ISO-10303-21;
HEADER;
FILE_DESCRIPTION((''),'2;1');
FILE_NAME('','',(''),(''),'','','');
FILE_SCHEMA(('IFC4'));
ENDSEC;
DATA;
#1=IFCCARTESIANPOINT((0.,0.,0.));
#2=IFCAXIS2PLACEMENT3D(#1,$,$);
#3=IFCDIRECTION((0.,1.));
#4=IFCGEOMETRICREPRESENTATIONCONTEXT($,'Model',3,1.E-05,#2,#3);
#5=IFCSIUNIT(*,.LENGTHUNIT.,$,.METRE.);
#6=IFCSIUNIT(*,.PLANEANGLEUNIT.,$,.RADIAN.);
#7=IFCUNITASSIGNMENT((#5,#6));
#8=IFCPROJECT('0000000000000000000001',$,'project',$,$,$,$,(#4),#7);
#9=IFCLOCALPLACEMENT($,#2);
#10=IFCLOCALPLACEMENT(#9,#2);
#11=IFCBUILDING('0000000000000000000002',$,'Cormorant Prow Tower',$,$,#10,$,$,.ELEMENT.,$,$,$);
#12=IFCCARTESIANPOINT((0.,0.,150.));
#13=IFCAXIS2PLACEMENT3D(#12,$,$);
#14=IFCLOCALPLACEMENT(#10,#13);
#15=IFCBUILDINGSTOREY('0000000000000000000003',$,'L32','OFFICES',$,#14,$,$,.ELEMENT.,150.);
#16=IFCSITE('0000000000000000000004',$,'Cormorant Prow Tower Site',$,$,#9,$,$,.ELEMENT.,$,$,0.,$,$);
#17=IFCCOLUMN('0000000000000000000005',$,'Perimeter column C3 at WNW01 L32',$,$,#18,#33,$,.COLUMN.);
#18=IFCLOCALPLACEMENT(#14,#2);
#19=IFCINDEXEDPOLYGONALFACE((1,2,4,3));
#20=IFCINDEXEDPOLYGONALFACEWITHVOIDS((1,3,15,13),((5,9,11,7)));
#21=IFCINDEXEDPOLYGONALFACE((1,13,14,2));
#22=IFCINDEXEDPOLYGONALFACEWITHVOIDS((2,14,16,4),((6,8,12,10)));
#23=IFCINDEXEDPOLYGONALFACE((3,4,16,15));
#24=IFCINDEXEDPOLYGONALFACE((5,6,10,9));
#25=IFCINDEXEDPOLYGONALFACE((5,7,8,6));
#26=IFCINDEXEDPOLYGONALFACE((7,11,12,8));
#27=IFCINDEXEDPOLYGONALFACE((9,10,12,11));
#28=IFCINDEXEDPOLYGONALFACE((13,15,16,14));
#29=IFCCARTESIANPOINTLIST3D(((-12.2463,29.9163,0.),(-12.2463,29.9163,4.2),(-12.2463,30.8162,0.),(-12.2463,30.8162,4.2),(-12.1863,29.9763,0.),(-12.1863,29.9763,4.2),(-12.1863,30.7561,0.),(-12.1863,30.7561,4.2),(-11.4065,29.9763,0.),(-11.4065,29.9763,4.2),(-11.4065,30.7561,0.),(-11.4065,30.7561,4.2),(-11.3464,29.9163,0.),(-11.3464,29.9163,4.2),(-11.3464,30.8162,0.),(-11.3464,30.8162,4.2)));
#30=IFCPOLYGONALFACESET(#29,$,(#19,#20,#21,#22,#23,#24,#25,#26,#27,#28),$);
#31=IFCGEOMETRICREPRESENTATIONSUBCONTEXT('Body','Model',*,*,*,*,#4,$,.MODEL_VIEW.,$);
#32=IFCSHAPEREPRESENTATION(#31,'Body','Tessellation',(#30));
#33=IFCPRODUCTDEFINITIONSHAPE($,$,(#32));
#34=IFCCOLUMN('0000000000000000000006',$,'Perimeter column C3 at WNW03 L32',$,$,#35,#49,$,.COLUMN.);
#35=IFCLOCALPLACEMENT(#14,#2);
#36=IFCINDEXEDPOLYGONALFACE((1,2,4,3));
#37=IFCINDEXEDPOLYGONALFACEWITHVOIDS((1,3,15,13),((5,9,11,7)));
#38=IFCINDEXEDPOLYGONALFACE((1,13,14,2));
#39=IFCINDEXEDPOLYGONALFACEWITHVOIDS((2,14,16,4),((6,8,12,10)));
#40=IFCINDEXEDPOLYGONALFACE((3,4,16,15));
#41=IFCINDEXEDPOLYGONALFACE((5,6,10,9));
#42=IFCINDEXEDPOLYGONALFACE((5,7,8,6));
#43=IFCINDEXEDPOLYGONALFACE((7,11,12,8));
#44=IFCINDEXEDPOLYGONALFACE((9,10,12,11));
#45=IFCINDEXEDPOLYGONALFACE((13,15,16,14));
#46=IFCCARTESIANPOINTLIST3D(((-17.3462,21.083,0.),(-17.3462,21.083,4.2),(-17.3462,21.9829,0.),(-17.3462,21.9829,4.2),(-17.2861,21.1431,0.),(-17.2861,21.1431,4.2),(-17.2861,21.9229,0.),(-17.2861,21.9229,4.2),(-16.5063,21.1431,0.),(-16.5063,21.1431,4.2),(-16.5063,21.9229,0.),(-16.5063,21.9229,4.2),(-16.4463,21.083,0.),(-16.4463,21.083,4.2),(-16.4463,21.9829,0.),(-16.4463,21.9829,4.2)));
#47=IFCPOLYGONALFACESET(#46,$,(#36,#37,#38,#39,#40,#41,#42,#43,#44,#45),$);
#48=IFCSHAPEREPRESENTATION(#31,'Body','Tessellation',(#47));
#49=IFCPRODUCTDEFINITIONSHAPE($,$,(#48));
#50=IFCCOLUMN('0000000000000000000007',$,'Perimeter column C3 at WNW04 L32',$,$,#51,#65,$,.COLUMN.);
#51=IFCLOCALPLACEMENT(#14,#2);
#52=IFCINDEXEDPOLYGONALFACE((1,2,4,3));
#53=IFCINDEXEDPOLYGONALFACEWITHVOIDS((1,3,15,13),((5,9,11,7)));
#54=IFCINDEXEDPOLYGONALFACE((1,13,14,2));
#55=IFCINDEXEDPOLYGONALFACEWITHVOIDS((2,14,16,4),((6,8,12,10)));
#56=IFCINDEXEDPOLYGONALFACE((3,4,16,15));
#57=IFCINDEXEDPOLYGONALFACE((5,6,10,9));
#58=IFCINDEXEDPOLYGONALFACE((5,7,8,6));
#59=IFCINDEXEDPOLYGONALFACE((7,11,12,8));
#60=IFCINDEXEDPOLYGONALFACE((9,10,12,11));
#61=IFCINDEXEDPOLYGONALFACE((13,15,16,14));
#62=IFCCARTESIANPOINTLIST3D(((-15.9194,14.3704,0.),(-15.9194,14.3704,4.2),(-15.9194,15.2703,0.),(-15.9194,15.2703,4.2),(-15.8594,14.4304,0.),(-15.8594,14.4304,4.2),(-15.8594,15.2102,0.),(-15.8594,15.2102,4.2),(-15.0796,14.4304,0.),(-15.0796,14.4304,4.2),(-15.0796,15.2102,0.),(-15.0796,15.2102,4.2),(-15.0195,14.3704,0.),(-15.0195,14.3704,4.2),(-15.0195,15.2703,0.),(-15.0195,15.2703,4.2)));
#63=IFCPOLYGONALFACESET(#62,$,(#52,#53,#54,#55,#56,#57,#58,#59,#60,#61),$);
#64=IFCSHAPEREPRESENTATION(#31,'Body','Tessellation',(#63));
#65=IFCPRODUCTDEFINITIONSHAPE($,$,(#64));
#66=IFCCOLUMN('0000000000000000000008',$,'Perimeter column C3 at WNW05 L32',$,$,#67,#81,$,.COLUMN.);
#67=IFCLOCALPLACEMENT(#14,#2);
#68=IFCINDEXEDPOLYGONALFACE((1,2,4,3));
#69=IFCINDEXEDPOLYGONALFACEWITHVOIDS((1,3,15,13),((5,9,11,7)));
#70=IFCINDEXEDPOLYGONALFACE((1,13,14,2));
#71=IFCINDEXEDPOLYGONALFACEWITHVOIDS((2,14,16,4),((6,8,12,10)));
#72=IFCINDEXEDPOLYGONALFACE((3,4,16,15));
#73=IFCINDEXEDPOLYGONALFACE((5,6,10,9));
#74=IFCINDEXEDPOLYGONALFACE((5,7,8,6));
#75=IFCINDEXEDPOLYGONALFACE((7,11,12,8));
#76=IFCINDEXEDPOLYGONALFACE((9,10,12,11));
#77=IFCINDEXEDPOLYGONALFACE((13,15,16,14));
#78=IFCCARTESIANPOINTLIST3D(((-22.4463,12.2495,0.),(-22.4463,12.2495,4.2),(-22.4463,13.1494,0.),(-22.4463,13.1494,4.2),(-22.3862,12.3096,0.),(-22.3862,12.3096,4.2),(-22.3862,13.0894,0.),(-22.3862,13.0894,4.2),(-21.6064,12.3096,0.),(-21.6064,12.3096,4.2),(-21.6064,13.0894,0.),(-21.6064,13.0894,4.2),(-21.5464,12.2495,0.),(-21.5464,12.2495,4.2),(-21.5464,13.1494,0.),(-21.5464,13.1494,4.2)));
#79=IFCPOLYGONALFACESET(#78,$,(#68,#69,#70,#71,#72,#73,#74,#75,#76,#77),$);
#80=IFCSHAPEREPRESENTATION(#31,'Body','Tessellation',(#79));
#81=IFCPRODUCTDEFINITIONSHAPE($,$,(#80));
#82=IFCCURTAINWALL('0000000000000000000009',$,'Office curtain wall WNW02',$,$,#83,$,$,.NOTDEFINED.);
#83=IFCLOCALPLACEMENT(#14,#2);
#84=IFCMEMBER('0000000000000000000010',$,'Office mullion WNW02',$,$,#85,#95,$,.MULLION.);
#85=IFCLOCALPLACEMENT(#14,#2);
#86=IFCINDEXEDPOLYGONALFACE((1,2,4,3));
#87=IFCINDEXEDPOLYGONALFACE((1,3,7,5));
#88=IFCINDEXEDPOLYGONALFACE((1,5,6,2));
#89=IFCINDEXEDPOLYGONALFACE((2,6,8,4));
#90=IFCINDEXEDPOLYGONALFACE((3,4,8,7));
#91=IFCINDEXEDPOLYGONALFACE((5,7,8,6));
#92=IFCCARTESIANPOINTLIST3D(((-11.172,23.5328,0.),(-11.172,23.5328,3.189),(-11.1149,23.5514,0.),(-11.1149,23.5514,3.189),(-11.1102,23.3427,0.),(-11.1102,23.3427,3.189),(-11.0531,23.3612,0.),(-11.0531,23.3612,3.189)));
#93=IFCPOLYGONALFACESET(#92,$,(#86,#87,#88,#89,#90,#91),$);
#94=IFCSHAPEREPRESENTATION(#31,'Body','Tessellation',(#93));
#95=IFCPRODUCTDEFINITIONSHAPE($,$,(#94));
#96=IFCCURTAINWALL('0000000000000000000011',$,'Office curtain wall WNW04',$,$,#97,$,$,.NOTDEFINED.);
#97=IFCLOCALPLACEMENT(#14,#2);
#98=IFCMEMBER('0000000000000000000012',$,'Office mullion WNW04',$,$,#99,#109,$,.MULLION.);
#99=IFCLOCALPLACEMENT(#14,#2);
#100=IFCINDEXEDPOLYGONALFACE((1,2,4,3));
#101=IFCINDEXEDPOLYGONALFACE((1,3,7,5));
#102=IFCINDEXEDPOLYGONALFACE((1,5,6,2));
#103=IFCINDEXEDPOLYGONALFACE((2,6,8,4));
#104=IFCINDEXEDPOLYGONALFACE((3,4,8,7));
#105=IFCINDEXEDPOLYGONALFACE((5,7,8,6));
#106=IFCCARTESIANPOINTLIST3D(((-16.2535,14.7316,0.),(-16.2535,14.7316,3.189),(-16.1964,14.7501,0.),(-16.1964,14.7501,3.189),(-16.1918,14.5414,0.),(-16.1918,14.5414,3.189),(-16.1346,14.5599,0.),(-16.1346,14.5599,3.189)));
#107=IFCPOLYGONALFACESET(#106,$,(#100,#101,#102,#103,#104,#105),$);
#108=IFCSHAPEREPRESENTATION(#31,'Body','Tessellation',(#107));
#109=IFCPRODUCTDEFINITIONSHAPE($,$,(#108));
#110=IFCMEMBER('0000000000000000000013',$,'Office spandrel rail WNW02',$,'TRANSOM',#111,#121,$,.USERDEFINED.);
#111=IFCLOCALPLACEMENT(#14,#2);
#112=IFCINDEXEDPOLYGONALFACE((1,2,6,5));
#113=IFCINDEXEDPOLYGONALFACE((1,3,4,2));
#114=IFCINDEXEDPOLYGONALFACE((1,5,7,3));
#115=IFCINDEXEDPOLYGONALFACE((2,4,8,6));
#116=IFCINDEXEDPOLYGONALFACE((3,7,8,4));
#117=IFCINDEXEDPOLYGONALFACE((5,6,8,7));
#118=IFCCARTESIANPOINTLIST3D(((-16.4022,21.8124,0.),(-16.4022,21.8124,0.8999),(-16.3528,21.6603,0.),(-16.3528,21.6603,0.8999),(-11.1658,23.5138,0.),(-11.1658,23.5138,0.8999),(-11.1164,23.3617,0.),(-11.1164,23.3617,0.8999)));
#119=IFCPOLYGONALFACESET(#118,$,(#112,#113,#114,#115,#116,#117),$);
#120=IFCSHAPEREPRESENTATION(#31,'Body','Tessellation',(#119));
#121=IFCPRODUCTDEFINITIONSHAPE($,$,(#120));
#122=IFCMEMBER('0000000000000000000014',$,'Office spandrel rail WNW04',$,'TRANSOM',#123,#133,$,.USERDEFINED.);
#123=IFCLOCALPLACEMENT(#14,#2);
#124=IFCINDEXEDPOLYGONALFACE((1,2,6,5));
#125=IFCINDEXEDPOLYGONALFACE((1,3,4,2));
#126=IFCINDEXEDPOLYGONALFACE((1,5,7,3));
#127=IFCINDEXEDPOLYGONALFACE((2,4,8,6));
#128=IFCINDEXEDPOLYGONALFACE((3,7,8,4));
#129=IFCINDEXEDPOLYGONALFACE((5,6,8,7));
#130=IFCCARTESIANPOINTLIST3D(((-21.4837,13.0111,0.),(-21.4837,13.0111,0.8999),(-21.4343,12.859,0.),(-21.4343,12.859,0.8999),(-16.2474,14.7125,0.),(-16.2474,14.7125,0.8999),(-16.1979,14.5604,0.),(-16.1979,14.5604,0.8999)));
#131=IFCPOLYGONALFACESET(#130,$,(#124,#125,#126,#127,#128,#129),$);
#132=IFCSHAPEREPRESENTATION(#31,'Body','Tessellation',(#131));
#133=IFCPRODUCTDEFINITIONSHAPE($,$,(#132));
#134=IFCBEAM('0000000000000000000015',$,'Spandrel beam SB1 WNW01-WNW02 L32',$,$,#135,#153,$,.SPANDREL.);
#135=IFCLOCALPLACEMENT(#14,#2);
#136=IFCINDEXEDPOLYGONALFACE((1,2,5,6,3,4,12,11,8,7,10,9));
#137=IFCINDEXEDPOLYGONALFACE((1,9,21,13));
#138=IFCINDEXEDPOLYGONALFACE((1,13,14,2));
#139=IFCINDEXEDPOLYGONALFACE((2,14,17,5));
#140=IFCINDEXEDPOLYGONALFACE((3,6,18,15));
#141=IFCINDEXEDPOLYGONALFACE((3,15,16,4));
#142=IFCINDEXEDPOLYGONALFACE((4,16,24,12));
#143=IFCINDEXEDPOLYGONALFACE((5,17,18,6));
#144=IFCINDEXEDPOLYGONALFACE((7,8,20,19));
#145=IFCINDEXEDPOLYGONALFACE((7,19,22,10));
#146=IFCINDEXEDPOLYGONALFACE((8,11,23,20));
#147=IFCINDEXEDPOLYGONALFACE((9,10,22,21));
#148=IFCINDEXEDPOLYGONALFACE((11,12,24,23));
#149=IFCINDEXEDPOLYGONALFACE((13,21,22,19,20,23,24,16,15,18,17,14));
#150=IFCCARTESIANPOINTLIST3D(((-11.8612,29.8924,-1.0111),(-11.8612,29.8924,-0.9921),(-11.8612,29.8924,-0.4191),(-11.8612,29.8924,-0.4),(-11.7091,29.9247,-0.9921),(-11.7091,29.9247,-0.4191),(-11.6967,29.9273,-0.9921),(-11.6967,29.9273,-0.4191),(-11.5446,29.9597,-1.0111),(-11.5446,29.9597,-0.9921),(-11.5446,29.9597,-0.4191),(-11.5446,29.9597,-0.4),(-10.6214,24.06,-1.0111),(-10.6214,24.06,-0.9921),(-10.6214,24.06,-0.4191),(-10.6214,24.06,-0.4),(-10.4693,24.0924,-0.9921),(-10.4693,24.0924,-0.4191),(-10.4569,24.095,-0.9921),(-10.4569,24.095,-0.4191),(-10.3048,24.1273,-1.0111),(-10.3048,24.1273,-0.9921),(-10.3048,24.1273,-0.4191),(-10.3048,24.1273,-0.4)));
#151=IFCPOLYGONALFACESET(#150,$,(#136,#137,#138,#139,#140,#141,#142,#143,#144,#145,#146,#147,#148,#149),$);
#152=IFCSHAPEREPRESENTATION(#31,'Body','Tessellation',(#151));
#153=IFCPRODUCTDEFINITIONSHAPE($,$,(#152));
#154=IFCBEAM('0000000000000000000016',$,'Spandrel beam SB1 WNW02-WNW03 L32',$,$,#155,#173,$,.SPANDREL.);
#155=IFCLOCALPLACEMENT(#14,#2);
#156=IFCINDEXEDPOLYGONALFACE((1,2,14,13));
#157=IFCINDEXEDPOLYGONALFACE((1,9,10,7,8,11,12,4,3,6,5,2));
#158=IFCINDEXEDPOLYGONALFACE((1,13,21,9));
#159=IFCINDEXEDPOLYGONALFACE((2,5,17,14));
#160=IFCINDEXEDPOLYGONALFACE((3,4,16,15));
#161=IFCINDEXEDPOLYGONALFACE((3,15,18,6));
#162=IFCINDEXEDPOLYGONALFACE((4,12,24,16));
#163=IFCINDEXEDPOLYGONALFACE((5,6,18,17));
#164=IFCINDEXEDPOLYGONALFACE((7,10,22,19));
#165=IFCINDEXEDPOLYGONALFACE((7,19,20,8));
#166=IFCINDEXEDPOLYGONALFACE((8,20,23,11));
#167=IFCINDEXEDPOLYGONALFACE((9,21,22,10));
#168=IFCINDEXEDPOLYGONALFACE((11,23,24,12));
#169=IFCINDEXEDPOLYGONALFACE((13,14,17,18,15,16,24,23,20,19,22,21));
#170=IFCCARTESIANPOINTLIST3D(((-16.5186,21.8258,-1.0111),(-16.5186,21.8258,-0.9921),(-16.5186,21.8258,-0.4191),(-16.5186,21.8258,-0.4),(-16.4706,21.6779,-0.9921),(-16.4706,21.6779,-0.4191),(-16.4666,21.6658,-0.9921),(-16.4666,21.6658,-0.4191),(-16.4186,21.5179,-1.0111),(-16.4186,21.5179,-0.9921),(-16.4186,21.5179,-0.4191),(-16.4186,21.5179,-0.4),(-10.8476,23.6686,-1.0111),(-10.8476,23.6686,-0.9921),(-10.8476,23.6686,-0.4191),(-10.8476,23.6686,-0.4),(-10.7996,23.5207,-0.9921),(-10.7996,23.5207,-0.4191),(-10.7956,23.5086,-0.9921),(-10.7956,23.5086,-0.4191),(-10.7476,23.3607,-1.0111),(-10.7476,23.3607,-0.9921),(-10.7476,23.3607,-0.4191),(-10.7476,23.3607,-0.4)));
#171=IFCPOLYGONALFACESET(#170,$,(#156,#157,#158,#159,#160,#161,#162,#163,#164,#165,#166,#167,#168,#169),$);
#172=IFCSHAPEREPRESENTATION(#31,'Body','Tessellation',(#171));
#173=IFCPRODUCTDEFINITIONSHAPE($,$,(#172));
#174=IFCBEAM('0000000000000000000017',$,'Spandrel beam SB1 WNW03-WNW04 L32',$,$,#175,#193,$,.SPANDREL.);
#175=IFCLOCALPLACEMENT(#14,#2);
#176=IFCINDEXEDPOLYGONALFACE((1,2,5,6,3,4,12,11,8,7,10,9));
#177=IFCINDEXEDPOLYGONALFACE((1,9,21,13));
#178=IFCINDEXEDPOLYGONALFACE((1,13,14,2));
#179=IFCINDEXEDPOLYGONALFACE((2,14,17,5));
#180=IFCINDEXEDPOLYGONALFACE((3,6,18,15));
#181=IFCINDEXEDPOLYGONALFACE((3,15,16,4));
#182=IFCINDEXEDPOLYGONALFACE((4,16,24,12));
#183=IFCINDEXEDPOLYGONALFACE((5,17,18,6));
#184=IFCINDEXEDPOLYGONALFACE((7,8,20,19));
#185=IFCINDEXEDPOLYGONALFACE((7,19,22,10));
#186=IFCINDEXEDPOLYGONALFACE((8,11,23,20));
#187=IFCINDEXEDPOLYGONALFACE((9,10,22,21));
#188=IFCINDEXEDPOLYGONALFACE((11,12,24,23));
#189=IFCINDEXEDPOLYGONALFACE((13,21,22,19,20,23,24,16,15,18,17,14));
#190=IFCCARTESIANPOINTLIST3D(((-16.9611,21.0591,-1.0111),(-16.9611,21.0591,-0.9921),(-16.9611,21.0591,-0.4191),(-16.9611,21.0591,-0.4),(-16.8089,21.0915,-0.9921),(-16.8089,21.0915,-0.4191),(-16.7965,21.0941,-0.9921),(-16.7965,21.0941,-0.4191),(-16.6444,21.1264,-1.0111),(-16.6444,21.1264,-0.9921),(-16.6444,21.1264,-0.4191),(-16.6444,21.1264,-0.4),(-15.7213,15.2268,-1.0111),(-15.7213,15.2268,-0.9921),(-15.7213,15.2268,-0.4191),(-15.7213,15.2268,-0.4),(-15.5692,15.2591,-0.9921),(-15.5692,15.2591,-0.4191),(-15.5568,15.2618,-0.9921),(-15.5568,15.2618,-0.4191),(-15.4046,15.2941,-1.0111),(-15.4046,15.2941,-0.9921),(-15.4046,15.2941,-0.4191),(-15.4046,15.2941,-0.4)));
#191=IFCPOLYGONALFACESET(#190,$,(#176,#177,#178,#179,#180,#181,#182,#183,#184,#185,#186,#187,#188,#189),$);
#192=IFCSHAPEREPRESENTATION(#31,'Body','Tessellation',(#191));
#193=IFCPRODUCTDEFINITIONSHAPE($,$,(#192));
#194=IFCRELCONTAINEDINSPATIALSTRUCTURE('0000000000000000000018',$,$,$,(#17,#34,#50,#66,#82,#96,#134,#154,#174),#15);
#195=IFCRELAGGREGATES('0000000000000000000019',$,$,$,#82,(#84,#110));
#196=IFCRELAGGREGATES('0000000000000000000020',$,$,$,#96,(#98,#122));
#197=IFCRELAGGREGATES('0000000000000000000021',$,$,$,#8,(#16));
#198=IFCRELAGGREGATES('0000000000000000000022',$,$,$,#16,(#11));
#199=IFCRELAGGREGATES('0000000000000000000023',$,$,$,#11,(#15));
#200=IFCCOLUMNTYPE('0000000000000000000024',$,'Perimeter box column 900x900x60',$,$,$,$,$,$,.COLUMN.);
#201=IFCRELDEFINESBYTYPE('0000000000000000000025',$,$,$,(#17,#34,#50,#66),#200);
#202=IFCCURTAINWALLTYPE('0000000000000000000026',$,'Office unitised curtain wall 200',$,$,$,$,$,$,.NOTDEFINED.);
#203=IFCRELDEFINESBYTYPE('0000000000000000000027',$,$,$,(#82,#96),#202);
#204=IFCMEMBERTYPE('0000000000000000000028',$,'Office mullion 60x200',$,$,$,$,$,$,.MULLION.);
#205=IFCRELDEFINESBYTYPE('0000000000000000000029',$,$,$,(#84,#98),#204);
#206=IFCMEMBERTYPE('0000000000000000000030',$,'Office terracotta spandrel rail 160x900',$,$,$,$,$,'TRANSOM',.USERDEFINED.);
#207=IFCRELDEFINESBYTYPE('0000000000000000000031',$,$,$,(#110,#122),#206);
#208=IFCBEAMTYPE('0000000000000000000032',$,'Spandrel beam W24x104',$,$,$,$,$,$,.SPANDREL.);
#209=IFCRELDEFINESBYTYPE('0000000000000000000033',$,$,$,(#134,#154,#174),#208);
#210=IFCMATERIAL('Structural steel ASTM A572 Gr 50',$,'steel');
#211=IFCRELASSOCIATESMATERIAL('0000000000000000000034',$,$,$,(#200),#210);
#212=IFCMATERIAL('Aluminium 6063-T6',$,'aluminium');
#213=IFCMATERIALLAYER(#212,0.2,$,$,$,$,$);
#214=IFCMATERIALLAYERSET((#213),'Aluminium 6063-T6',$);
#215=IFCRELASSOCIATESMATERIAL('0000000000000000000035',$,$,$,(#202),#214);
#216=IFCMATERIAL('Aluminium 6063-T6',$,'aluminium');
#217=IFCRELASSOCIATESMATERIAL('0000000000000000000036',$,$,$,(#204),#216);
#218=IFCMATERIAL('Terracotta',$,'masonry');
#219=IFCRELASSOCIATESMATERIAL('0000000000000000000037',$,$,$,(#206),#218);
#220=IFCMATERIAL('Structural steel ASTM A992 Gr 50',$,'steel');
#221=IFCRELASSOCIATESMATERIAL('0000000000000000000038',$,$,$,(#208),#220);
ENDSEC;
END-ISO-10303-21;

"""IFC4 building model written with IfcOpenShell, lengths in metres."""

from ifc_helpers import new_model, si_unit, direction, frame, origin, origin_2d, place, context, subcontext, project, spatial, rectangle, hollow_rectangle, i_section, extrude, material, layer, layer_set, material_profile, profile_set, type_object, element, aggregate, save


model = new_model("IFC4")

# Units and contexts
model_context = context("Model", 3, precision=1e-05, world=origin(), true_north=direction((0.0, 1.0)))
body_context = subcontext(model_context, "Body", "Model", "MODEL_VIEW")
ifc_project = project(units=[si_unit("LENGTHUNIT", "METRE"), si_unit("PLANEANGLEUNIT", "RADIAN")], contexts=[model_context])

# Site, building, storey
site_placement = place(None, origin())
site = spatial("IfcSite", under=ifc_project, at=site_placement, Name="Cormorant Prow Tower Site", CompositionType="ELEMENT", RefElevation=0.0)
building_placement = place(site_placement, origin())
building = spatial("IfcBuilding", under=site, at=building_placement, Name="Cormorant Prow Tower", CompositionType="ELEMENT")
storey_placement = place(building_placement, frame((0.0, 0.0, 150.0)))
storey = spatial("IfcBuildingStorey", under=building, at=storey_placement, Name="L32", Description="OFFICES", CompositionType="ELEMENT", Elevation=150.0)

# Columns
ifc_material_1 = material(Name="Structural steel ASTM A572 Gr 50", Category="steel")
ifc_material_profile_1 = material_profile(ifc_material_1, hollow_rectangle(XDim=0.8999, YDim=0.8999, WallThickness=0.0601, at=origin_2d()), Name="Box 900x900x60")
ifc_profile_set_1 = profile_set([ifc_material_profile_1], Name="Structural steel ASTM A572 Gr 50")
column_type = type_object("IfcColumnType", Name="Perimeter box column 900x900x60", PredefinedType="COLUMN", material=ifc_profile_set_1)
for number, where, z_axis, x_axis, name in (
    (1, (-11.7964, 30.3662, 0.0), (0.0, 0.0, 1.0), (1.0, 0.0, 0.0), "Perimeter column C3 at WNW01 L32"),
    (2, (-16.8962, 21.533, 0.0), (0.0, 0.0, 1.0), (1.0, 0.0, 0.0), "Perimeter column C3 at WNW03 L32"),
    (3, (-15.4695, 14.8203, 0.0), (0.0, 0.0, 1.0), (1.0, 0.0, 0.0), "Perimeter column C3 at WNW04 L32"),
    (4, (-21.9963, 12.6995, 0.0), (0.0, 0.0, 1.0), (1.0, 0.0, 0.0), "Perimeter column C3 at WNW05 L32"),
):
    element("IfcColumn", number, at=place(storey_placement, frame(where, z_axis=z_axis, x_axis=x_axis)), inside=storey, type_object=column_type, Name=name, PredefinedType="COLUMN", context=body_context, shape_type="SweptSolid", body=[
        extrude(hollow_rectangle(XDim=0.8999, YDim=0.8999, WallThickness=0.0601, at=origin_2d()), origin(), (0.0, 0.0, 1.0), 4.2),
    ])

# Curtain walls, members
ifc_material_2 = material(Name="Aluminium 6063-T6", Category="aluminium")
ifc_layer_1 = layer(ifc_material_2, 0.2)
ifc_layer_set_1 = layer_set([ifc_layer_1], Name="Aluminium 6063-T6")
curtain_wall_type = type_object("IfcCurtainWallType", Name="Office unitised curtain wall 200", PredefinedType="NOTDEFINED", material=ifc_layer_set_1)
curtain_wall_1_placement = place(storey_placement, origin())
curtain_wall_1 = element("IfcCurtainWall", 5, at=curtain_wall_1_placement, inside=storey, type_object=curtain_wall_type, Name="Office curtain wall WNW02", PredefinedType="NOTDEFINED")
ifc_material_3 = material(Name="Aluminium 6063-T6", Category="aluminium")
ifc_material_profile_2 = material_profile(ifc_material_3, rectangle(XDim=0.2, YDim=0.0601, at=origin_2d()), Name="Office mullion 60x200")
ifc_profile_set_2 = profile_set([ifc_material_profile_2], Name="Aluminium 6063-T6")
member_type_1 = type_object("IfcMemberType", Name="Office mullion 60x200", PredefinedType="MULLION", material=ifc_profile_set_2)
member_1_placement = place(storey_placement, frame((-11.1125, 23.447, 0.0), z_axis=(0.0, 0.0, 1.0), x_axis=(0.309017, -0.951057, 0.0)))
member_1 = element("IfcMember", 6, at=member_1_placement, type_object=member_type_1, Name="Office mullion WNW02", PredefinedType="MULLION", context=body_context, shape_type="SweptSolid", body=[
    extrude(rectangle(XDim=0.2, YDim=0.0601, at=origin_2d()), origin(), (0.0, 0.0, 1.0), 3.189),
])
curtain_wall_2_placement = place(storey_placement, origin())
curtain_wall_2 = element("IfcCurtainWall", 7, at=curtain_wall_2_placement, inside=storey, type_object=curtain_wall_type, Name="Office curtain wall WNW04", PredefinedType="NOTDEFINED")
member_2_placement = place(storey_placement, frame((-16.1941, 14.6458, 0.0), z_axis=(0.0, 0.0, 1.0), x_axis=(0.309017, -0.951057, 0.0)))
member_2 = element("IfcMember", 8, at=member_2_placement, type_object=member_type_1, Name="Office mullion WNW04", PredefinedType="MULLION", context=body_context, shape_type="SweptSolid", body=[
    extrude(rectangle(XDim=0.2, YDim=0.0601, at=origin_2d()), origin(), (0.0, 0.0, 1.0), 3.189),
])

# Members
ifc_material_4 = material(Name="Terracotta", Category="masonry")
ifc_material_profile_3 = material_profile(ifc_material_4, rectangle(XDim=0.1599, YDim=0.8999, at=origin_2d()), Name="Office terracotta spandrel rail 160x900")
ifc_profile_set_3 = profile_set([ifc_material_profile_3], Name="Terracotta")
member_type_2 = type_object("IfcMemberType", Name="Office terracotta spandrel rail 160x900", ElementType="TRANSOM", PredefinedType="USERDEFINED", material=ifc_profile_set_3)
member_3_placement = place(storey_placement, frame((-11.1411, 23.4377, 0.45), z_axis=(-0.951055, -0.309022, 0.0), x_axis=(0.309022, -0.951055, 0.0)))
member_3 = element("IfcMember", 9, at=member_3_placement, type_object=member_type_2, Name="Office spandrel rail WNW02", ObjectType="TRANSOM", PredefinedType="USERDEFINED", context=body_context, shape_type="SweptSolid", body=[
    extrude(rectangle(XDim=0.1599, YDim=0.8999, at=origin_2d()), origin(), (0.0, 0.0, 1.0), 5.5059),
])
member_4_placement = place(storey_placement, frame((-16.2227, 14.6365, 0.45), z_axis=(-0.951055, -0.309022, 0.0), x_axis=(0.309022, -0.951055, 0.0)))
member_4 = element("IfcMember", 10, at=member_4_placement, type_object=member_type_2, Name="Office spandrel rail WNW04", ObjectType="TRANSOM", PredefinedType="USERDEFINED", context=body_context, shape_type="SweptSolid", body=[
    extrude(rectangle(XDim=0.1599, YDim=0.8999, at=origin_2d()), origin(), (0.0, 0.0, 1.0), 5.5059),
])

# Beams
ifc_material_5 = material(Name="Structural steel ASTM A992 Gr 50", Category="steel")
ifc_material_profile_4 = material_profile(ifc_material_5, i_section(OverallWidth=0.3237, OverallDepth=0.6111, WebThickness=0.0127, FlangeThickness=0.019, at=origin_2d()), Name="W24x104")
ifc_profile_set_4 = profile_set([ifc_material_profile_4], Name="Structural steel ASTM A992 Gr 50")
beam_type = type_object("IfcBeamType", Name="Spandrel beam W24x104", PredefinedType="SPANDREL", material=ifc_profile_set_4)
beam_1_placement = place(storey_placement, frame((-11.7029, 29.926, -0.7056), z_axis=(0.207921, -0.978146, 0.0), x_axis=(0.978146, 0.207921, 0.0)))
element("IfcBeam", 11, at=beam_1_placement, inside=storey, type_object=beam_type, Name="Spandrel beam SB1 WNW01-WNW02 L32", PredefinedType="SPANDREL", context=body_context, shape_type="SweptSolid", body=[
    extrude(i_section(OverallWidth=0.3237, OverallDepth=0.6111, WebThickness=0.0127, FlangeThickness=0.019, at=origin_2d()), origin(), (0.0, 0.0, 1.0), 5.9626),
])
beam_2_placement = place(storey_placement, frame((-10.7976, 23.5146, -0.7056), z_axis=(-0.951047, -0.309045, 0.0), x_axis=(0.309045, -0.951047, 0.0)))
element("IfcBeam", 12, at=beam_2_placement, inside=storey, type_object=beam_type, Name="Spandrel beam SB1 WNW02-WNW03 L32", PredefinedType="SPANDREL", context=body_context, shape_type="SweptSolid", body=[
    extrude(i_section(OverallWidth=0.3237, OverallDepth=0.6111, WebThickness=0.0127, FlangeThickness=0.019, at=origin_2d()), origin(), (0.0, 0.0, 1.0), 5.9629),
])
for number, where, z_axis, x_axis, name in (
    (13, (-16.8027, 21.0928, -0.7056), (0.207921, -0.978146, 0.0), (0.978146, 0.207921, 0.0), "Spandrel beam SB1 WNW03-WNW04 L32"),
):
    element("IfcBeam", number, at=place(storey_placement, frame(where, z_axis=z_axis, x_axis=x_axis)), inside=storey, type_object=beam_type, Name=name, PredefinedType="SPANDREL", context=body_context, shape_type="SweptSolid", body=[
        extrude(i_section(OverallWidth=0.3237, OverallDepth=0.6111, WebThickness=0.0127, FlangeThickness=0.019, at=origin_2d()), origin(), (0.0, 0.0, 1.0), 5.9626),
    ])

aggregate(curtain_wall_1, [member_1, member_3])
aggregate(curtain_wall_2, [member_2, member_4])

save(model, "model.ifc")
